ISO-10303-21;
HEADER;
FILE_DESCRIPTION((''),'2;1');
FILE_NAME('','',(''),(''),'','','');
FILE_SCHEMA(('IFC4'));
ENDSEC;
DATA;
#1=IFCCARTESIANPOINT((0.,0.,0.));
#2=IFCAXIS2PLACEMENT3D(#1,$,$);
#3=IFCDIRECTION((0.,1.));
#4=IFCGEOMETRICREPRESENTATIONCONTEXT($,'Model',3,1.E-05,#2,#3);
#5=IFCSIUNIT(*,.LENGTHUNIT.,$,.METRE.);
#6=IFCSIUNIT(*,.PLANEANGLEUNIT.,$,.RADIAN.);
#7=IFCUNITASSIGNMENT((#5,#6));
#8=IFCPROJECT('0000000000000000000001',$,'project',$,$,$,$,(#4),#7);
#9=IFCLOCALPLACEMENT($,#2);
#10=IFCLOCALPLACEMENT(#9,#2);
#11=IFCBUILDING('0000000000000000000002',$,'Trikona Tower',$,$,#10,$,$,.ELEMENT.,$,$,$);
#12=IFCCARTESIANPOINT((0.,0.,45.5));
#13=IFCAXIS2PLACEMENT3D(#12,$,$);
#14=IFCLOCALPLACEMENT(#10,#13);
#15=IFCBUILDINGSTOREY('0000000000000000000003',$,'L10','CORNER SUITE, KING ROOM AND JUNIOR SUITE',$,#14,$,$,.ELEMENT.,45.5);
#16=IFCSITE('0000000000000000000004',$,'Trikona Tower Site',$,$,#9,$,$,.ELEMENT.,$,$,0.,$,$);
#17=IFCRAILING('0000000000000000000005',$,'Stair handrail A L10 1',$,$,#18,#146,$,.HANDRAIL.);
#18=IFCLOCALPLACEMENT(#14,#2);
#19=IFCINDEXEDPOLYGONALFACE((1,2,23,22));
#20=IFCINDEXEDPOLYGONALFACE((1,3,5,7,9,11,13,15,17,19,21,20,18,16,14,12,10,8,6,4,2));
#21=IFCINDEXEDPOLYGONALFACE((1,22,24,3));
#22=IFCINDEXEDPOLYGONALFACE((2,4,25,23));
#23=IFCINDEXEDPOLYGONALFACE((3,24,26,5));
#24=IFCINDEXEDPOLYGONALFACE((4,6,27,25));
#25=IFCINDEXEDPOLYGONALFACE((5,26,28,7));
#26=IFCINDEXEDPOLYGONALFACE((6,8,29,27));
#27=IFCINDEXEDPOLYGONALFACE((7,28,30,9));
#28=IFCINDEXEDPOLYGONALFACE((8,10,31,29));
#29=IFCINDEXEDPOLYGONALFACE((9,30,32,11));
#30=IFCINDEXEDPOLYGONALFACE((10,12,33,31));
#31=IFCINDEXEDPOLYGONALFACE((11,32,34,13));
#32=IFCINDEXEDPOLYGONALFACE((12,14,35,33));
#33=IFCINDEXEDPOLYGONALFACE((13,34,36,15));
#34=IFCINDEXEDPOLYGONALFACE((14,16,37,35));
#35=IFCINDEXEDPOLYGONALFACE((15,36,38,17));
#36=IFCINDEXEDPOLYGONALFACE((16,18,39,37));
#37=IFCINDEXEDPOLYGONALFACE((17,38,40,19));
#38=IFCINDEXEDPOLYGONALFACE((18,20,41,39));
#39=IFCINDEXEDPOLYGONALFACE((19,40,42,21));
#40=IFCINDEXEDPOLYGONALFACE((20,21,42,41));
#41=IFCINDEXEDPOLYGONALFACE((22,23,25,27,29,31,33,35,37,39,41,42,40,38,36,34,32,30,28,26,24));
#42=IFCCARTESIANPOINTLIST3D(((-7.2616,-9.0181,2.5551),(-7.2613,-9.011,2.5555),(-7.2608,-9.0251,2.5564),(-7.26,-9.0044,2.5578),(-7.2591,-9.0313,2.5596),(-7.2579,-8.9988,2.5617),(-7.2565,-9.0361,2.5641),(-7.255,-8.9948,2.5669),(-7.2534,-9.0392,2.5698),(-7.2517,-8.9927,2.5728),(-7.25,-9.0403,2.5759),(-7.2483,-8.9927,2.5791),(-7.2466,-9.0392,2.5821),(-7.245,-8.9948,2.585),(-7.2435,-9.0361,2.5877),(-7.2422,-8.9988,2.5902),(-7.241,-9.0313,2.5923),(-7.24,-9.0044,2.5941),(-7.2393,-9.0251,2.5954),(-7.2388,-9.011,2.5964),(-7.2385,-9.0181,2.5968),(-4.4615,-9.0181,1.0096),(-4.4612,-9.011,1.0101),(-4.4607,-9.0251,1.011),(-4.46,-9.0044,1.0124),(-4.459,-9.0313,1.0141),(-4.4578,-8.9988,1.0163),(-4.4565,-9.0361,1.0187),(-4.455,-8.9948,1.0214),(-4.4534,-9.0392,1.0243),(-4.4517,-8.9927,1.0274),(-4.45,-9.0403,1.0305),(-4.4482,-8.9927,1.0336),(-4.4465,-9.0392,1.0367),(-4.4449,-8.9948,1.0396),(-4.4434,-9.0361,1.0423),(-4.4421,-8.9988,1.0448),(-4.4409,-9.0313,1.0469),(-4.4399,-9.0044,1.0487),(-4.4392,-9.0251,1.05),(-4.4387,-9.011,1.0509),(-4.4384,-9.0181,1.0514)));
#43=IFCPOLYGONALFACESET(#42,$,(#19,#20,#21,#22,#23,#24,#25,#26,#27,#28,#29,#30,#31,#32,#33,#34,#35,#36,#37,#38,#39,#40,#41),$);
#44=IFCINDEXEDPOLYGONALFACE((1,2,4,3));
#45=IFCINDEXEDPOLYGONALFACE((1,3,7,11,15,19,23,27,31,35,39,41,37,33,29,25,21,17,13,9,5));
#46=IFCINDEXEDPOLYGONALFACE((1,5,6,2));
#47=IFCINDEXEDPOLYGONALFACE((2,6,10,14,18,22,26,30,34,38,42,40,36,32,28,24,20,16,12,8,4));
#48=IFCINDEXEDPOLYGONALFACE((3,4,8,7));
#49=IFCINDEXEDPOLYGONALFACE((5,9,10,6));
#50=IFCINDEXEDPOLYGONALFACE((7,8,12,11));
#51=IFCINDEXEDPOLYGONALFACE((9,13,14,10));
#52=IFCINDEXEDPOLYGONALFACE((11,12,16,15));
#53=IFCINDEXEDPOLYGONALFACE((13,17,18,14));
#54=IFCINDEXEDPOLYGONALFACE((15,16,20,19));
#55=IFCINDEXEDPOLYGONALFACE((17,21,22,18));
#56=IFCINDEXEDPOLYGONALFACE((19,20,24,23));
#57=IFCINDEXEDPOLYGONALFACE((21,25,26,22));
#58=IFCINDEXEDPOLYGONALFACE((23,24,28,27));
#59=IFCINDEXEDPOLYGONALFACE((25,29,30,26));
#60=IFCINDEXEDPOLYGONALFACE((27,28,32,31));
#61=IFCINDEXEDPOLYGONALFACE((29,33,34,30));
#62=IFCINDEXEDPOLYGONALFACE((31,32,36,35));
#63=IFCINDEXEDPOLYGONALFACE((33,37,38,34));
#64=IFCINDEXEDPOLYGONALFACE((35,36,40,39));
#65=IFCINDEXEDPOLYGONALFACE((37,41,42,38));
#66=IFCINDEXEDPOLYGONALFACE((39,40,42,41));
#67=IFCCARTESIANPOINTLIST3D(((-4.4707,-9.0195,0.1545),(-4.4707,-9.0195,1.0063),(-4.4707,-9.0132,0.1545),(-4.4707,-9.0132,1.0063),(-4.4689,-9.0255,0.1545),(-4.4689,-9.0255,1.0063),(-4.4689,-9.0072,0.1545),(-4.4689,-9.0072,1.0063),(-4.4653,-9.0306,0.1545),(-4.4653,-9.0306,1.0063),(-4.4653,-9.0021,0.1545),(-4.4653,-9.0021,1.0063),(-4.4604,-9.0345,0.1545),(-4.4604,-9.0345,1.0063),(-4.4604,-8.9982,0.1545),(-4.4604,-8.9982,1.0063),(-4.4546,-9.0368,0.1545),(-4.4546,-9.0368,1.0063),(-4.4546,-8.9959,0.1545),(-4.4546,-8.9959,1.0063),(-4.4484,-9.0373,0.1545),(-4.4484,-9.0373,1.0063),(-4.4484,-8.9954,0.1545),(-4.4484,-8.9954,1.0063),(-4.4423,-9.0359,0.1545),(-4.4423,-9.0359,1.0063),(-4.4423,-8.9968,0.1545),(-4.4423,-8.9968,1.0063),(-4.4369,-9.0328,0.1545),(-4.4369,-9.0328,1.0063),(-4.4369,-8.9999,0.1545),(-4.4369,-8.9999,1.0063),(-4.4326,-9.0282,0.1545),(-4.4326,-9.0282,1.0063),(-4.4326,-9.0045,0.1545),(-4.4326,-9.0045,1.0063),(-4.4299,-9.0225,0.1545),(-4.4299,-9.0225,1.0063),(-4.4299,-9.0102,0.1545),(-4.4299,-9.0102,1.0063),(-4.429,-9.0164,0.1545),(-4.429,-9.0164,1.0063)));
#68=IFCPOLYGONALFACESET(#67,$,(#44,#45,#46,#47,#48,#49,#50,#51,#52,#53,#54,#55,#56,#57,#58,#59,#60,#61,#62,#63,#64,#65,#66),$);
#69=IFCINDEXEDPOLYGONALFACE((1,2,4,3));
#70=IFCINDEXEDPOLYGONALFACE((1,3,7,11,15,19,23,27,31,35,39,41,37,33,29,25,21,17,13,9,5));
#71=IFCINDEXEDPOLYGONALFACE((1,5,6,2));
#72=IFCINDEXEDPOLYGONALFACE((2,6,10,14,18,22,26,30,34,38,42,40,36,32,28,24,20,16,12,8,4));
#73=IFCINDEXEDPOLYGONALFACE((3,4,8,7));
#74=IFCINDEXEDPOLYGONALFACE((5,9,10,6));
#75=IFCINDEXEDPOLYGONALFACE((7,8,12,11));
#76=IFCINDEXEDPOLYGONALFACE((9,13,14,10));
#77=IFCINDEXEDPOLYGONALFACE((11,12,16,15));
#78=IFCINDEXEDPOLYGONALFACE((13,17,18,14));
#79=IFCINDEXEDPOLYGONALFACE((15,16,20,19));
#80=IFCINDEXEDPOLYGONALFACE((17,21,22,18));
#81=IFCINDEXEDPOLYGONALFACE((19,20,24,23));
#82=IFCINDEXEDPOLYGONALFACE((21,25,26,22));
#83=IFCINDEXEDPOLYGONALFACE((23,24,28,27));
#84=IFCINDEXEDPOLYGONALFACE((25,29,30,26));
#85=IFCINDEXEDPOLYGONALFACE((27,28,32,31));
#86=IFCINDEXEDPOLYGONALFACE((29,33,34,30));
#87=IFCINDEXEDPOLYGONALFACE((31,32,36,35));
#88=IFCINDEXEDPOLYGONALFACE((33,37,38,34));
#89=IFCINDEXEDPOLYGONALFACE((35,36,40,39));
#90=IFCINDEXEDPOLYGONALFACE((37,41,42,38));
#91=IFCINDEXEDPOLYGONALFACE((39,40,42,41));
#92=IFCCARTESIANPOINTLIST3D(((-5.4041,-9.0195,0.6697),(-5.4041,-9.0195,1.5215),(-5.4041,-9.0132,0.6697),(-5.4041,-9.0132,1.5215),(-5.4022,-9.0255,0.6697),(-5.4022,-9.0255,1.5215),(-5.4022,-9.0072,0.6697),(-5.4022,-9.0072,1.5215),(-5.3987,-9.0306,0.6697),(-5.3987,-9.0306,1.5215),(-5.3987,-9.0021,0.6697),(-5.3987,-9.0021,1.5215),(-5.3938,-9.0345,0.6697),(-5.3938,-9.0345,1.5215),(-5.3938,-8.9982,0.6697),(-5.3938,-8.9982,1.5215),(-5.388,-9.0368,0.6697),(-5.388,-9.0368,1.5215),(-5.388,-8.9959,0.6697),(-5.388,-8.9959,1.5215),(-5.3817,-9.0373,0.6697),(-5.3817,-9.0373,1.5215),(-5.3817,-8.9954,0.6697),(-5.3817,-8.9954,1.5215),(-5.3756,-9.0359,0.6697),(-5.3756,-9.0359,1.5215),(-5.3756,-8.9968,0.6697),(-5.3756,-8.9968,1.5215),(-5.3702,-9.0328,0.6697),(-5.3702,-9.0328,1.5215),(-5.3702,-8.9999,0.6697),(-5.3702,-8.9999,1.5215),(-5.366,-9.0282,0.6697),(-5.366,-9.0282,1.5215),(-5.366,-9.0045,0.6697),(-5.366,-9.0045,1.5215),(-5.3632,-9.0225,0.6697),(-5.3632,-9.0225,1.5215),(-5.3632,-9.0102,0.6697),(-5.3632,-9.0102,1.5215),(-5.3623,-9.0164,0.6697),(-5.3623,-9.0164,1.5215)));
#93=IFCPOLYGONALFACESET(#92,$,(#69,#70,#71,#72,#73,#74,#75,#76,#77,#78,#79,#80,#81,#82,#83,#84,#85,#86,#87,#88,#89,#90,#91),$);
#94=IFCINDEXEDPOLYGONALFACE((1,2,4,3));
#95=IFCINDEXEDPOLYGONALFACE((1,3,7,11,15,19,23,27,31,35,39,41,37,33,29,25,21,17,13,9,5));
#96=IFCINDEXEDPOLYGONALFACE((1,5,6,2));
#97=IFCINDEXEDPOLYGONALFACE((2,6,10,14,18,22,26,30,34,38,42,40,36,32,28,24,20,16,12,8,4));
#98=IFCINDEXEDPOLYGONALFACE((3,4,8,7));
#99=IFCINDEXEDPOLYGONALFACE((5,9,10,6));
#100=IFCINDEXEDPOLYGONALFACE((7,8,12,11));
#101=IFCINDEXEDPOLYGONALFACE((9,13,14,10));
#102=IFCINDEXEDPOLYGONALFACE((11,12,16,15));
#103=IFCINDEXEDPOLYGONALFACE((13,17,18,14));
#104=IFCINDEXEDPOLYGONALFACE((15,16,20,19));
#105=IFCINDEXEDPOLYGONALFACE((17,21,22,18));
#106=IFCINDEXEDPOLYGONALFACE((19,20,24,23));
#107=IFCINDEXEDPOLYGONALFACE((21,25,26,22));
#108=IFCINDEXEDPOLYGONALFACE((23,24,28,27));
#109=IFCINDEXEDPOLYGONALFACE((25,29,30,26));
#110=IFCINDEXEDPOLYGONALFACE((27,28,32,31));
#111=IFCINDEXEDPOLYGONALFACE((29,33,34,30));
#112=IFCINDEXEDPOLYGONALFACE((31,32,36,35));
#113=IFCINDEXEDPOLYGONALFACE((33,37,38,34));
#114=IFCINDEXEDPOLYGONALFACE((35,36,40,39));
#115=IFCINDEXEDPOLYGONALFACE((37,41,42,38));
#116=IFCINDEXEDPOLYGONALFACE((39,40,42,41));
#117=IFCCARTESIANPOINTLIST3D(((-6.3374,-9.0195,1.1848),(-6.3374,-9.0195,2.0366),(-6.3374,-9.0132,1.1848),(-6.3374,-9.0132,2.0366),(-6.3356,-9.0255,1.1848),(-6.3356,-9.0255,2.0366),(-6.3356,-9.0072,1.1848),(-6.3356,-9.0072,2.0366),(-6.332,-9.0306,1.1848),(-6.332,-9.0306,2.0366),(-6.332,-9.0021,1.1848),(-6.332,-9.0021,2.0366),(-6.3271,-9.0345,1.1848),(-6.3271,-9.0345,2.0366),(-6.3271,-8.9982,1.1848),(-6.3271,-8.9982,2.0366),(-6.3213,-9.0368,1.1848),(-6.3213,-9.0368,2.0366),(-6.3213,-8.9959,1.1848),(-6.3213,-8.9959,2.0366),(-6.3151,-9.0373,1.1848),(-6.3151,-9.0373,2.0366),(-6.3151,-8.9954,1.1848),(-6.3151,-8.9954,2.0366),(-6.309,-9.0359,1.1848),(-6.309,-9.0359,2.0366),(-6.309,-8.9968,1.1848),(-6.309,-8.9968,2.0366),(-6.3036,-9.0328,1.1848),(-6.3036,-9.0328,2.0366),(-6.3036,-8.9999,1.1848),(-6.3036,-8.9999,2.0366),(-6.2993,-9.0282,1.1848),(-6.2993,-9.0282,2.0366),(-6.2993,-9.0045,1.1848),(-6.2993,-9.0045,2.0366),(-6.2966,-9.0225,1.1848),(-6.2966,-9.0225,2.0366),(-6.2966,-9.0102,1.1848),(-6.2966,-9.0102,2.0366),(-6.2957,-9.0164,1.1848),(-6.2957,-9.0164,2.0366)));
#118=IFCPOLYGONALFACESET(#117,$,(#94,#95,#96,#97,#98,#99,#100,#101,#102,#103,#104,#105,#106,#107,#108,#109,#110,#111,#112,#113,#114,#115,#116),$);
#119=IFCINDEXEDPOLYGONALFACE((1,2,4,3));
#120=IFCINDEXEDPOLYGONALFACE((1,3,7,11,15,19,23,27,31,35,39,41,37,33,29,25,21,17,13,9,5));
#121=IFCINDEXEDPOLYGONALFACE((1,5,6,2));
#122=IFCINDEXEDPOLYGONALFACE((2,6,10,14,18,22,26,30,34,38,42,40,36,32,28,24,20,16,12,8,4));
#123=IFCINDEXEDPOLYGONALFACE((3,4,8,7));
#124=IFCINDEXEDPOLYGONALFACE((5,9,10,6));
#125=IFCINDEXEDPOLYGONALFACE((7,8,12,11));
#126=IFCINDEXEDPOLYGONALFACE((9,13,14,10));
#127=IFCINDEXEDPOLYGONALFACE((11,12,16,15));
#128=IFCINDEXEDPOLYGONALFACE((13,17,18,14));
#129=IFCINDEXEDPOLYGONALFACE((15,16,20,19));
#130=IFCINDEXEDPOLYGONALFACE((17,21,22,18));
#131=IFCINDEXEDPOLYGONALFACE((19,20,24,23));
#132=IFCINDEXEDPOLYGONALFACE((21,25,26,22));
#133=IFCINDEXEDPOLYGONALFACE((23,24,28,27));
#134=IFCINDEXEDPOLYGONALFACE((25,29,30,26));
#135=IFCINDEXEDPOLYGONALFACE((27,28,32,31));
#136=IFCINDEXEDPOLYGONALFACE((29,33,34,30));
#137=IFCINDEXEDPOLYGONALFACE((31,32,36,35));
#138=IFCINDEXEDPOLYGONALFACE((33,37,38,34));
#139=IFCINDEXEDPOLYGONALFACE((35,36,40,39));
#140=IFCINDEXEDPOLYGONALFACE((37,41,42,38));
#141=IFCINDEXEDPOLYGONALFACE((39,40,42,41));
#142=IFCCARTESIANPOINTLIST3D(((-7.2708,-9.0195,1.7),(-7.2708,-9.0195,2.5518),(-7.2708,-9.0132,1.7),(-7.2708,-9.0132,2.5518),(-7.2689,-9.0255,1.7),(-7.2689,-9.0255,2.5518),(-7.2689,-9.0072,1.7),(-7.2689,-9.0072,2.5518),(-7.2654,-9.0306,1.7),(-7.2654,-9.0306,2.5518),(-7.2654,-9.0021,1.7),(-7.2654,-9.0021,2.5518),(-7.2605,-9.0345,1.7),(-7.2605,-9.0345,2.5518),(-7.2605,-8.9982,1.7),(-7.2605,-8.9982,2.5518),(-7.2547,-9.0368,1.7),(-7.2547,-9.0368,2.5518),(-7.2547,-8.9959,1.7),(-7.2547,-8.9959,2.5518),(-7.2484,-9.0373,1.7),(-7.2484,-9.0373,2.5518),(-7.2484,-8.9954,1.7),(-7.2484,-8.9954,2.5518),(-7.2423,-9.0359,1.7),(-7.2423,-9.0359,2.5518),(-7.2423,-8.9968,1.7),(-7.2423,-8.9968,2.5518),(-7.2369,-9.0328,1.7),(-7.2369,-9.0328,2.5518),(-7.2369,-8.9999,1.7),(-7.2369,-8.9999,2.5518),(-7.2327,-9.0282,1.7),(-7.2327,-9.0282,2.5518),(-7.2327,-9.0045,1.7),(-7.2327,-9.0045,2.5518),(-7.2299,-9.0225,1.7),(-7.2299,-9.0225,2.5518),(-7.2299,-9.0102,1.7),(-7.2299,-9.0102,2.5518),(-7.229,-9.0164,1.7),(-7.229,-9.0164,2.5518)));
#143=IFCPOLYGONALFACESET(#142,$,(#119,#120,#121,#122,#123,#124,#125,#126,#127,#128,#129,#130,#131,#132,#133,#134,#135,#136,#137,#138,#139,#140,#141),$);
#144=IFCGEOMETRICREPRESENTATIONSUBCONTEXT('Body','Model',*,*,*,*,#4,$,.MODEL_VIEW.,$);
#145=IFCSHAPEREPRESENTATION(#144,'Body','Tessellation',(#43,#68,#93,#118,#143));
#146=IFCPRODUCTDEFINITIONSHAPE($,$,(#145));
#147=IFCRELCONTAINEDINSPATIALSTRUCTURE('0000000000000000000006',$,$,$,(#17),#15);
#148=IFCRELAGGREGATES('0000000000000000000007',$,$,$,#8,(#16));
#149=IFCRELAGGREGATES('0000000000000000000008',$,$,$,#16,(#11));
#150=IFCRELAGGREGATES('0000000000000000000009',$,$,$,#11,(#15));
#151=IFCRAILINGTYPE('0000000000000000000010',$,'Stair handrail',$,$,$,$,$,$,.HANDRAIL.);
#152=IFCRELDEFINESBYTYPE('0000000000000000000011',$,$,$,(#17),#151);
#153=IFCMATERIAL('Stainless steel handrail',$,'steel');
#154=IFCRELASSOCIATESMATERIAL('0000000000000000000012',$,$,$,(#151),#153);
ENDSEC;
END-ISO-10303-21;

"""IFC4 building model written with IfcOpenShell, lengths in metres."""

from ifc_helpers import new_model, si_unit, direction, frame, origin, origin_2d, place, context, subcontext, project, spatial, circle, extrude, material, type_object, element, save


model = new_model("IFC4")

# Units and contexts
model_context = context("Model", 3, precision=1e-05, world=origin(), true_north=direction((0.0, 1.0)))
body_context = subcontext(model_context, "Body", "Model", "MODEL_VIEW")
ifc_project = project(units=[si_unit("LENGTHUNIT", "METRE"), si_unit("PLANEANGLEUNIT", "RADIAN")], contexts=[model_context])

# Site, building, storey
site_placement = place(None, origin())
site = spatial("IfcSite", under=ifc_project, at=site_placement, Name="Trikona Tower Site", CompositionType="ELEMENT", RefElevation=0.0)
building_placement = place(site_placement, origin())
building = spatial("IfcBuilding", under=site, at=building_placement, Name="Trikona Tower", CompositionType="ELEMENT")
storey_placement = place(building_placement, frame((0.0, 0.0, 45.5)))
storey = spatial("IfcBuildingStorey", under=building, at=storey_placement, Name="L10", Description="CORNER SUITE, KING ROOM AND JUNIOR SUITE", CompositionType="ELEMENT", Elevation=45.5)

# Railing
ifc_material_1 = material(Name="Stainless steel handrail", Category="steel")
railing_type = type_object("IfcRailingType", Name="Stair handrail", PredefinedType="HANDRAIL", material=ifc_material_1)
railing_placement = place(storey_placement, frame((-4.45, -9.0164, 0.1545)))
element("IfcRailing", 1, at=railing_placement, inside=storey, type_object=railing_type, Name="Stair handrail A L10 1", PredefinedType="HANDRAIL", context=body_context, shape_type="SweptSolid", body=[
    extrude(circle(Radius=0.0239, at=origin_2d()), frame((0.0, 0.0, 0.876), z_axis=(-0.875504, 0.0, 0.483211), x_axis=(0.0, -1.0, 0.0)), (0.0, 0.0, 1.0), 3.1982),
    extrude(circle(Radius=0.021, at=origin_2d()), origin(), (0.0, 0.0, 1.0), 0.8518),
    extrude(circle(Radius=0.021, at=origin_2d()), frame((-0.9333, 0.0, 0.5151)), (0.0, 0.0, 1.0), 0.8518),
    extrude(circle(Radius=0.021, at=origin_2d()), frame((-1.8667, 0.0, 1.0303)), (0.0, 0.0, 1.0), 0.8518),
    extrude(circle(Radius=0.021, at=origin_2d()), frame((-2.8, 0.0, 1.5454)), (0.0, 0.0, 1.0), 0.8518),
])

save(model, "model.ifc")
